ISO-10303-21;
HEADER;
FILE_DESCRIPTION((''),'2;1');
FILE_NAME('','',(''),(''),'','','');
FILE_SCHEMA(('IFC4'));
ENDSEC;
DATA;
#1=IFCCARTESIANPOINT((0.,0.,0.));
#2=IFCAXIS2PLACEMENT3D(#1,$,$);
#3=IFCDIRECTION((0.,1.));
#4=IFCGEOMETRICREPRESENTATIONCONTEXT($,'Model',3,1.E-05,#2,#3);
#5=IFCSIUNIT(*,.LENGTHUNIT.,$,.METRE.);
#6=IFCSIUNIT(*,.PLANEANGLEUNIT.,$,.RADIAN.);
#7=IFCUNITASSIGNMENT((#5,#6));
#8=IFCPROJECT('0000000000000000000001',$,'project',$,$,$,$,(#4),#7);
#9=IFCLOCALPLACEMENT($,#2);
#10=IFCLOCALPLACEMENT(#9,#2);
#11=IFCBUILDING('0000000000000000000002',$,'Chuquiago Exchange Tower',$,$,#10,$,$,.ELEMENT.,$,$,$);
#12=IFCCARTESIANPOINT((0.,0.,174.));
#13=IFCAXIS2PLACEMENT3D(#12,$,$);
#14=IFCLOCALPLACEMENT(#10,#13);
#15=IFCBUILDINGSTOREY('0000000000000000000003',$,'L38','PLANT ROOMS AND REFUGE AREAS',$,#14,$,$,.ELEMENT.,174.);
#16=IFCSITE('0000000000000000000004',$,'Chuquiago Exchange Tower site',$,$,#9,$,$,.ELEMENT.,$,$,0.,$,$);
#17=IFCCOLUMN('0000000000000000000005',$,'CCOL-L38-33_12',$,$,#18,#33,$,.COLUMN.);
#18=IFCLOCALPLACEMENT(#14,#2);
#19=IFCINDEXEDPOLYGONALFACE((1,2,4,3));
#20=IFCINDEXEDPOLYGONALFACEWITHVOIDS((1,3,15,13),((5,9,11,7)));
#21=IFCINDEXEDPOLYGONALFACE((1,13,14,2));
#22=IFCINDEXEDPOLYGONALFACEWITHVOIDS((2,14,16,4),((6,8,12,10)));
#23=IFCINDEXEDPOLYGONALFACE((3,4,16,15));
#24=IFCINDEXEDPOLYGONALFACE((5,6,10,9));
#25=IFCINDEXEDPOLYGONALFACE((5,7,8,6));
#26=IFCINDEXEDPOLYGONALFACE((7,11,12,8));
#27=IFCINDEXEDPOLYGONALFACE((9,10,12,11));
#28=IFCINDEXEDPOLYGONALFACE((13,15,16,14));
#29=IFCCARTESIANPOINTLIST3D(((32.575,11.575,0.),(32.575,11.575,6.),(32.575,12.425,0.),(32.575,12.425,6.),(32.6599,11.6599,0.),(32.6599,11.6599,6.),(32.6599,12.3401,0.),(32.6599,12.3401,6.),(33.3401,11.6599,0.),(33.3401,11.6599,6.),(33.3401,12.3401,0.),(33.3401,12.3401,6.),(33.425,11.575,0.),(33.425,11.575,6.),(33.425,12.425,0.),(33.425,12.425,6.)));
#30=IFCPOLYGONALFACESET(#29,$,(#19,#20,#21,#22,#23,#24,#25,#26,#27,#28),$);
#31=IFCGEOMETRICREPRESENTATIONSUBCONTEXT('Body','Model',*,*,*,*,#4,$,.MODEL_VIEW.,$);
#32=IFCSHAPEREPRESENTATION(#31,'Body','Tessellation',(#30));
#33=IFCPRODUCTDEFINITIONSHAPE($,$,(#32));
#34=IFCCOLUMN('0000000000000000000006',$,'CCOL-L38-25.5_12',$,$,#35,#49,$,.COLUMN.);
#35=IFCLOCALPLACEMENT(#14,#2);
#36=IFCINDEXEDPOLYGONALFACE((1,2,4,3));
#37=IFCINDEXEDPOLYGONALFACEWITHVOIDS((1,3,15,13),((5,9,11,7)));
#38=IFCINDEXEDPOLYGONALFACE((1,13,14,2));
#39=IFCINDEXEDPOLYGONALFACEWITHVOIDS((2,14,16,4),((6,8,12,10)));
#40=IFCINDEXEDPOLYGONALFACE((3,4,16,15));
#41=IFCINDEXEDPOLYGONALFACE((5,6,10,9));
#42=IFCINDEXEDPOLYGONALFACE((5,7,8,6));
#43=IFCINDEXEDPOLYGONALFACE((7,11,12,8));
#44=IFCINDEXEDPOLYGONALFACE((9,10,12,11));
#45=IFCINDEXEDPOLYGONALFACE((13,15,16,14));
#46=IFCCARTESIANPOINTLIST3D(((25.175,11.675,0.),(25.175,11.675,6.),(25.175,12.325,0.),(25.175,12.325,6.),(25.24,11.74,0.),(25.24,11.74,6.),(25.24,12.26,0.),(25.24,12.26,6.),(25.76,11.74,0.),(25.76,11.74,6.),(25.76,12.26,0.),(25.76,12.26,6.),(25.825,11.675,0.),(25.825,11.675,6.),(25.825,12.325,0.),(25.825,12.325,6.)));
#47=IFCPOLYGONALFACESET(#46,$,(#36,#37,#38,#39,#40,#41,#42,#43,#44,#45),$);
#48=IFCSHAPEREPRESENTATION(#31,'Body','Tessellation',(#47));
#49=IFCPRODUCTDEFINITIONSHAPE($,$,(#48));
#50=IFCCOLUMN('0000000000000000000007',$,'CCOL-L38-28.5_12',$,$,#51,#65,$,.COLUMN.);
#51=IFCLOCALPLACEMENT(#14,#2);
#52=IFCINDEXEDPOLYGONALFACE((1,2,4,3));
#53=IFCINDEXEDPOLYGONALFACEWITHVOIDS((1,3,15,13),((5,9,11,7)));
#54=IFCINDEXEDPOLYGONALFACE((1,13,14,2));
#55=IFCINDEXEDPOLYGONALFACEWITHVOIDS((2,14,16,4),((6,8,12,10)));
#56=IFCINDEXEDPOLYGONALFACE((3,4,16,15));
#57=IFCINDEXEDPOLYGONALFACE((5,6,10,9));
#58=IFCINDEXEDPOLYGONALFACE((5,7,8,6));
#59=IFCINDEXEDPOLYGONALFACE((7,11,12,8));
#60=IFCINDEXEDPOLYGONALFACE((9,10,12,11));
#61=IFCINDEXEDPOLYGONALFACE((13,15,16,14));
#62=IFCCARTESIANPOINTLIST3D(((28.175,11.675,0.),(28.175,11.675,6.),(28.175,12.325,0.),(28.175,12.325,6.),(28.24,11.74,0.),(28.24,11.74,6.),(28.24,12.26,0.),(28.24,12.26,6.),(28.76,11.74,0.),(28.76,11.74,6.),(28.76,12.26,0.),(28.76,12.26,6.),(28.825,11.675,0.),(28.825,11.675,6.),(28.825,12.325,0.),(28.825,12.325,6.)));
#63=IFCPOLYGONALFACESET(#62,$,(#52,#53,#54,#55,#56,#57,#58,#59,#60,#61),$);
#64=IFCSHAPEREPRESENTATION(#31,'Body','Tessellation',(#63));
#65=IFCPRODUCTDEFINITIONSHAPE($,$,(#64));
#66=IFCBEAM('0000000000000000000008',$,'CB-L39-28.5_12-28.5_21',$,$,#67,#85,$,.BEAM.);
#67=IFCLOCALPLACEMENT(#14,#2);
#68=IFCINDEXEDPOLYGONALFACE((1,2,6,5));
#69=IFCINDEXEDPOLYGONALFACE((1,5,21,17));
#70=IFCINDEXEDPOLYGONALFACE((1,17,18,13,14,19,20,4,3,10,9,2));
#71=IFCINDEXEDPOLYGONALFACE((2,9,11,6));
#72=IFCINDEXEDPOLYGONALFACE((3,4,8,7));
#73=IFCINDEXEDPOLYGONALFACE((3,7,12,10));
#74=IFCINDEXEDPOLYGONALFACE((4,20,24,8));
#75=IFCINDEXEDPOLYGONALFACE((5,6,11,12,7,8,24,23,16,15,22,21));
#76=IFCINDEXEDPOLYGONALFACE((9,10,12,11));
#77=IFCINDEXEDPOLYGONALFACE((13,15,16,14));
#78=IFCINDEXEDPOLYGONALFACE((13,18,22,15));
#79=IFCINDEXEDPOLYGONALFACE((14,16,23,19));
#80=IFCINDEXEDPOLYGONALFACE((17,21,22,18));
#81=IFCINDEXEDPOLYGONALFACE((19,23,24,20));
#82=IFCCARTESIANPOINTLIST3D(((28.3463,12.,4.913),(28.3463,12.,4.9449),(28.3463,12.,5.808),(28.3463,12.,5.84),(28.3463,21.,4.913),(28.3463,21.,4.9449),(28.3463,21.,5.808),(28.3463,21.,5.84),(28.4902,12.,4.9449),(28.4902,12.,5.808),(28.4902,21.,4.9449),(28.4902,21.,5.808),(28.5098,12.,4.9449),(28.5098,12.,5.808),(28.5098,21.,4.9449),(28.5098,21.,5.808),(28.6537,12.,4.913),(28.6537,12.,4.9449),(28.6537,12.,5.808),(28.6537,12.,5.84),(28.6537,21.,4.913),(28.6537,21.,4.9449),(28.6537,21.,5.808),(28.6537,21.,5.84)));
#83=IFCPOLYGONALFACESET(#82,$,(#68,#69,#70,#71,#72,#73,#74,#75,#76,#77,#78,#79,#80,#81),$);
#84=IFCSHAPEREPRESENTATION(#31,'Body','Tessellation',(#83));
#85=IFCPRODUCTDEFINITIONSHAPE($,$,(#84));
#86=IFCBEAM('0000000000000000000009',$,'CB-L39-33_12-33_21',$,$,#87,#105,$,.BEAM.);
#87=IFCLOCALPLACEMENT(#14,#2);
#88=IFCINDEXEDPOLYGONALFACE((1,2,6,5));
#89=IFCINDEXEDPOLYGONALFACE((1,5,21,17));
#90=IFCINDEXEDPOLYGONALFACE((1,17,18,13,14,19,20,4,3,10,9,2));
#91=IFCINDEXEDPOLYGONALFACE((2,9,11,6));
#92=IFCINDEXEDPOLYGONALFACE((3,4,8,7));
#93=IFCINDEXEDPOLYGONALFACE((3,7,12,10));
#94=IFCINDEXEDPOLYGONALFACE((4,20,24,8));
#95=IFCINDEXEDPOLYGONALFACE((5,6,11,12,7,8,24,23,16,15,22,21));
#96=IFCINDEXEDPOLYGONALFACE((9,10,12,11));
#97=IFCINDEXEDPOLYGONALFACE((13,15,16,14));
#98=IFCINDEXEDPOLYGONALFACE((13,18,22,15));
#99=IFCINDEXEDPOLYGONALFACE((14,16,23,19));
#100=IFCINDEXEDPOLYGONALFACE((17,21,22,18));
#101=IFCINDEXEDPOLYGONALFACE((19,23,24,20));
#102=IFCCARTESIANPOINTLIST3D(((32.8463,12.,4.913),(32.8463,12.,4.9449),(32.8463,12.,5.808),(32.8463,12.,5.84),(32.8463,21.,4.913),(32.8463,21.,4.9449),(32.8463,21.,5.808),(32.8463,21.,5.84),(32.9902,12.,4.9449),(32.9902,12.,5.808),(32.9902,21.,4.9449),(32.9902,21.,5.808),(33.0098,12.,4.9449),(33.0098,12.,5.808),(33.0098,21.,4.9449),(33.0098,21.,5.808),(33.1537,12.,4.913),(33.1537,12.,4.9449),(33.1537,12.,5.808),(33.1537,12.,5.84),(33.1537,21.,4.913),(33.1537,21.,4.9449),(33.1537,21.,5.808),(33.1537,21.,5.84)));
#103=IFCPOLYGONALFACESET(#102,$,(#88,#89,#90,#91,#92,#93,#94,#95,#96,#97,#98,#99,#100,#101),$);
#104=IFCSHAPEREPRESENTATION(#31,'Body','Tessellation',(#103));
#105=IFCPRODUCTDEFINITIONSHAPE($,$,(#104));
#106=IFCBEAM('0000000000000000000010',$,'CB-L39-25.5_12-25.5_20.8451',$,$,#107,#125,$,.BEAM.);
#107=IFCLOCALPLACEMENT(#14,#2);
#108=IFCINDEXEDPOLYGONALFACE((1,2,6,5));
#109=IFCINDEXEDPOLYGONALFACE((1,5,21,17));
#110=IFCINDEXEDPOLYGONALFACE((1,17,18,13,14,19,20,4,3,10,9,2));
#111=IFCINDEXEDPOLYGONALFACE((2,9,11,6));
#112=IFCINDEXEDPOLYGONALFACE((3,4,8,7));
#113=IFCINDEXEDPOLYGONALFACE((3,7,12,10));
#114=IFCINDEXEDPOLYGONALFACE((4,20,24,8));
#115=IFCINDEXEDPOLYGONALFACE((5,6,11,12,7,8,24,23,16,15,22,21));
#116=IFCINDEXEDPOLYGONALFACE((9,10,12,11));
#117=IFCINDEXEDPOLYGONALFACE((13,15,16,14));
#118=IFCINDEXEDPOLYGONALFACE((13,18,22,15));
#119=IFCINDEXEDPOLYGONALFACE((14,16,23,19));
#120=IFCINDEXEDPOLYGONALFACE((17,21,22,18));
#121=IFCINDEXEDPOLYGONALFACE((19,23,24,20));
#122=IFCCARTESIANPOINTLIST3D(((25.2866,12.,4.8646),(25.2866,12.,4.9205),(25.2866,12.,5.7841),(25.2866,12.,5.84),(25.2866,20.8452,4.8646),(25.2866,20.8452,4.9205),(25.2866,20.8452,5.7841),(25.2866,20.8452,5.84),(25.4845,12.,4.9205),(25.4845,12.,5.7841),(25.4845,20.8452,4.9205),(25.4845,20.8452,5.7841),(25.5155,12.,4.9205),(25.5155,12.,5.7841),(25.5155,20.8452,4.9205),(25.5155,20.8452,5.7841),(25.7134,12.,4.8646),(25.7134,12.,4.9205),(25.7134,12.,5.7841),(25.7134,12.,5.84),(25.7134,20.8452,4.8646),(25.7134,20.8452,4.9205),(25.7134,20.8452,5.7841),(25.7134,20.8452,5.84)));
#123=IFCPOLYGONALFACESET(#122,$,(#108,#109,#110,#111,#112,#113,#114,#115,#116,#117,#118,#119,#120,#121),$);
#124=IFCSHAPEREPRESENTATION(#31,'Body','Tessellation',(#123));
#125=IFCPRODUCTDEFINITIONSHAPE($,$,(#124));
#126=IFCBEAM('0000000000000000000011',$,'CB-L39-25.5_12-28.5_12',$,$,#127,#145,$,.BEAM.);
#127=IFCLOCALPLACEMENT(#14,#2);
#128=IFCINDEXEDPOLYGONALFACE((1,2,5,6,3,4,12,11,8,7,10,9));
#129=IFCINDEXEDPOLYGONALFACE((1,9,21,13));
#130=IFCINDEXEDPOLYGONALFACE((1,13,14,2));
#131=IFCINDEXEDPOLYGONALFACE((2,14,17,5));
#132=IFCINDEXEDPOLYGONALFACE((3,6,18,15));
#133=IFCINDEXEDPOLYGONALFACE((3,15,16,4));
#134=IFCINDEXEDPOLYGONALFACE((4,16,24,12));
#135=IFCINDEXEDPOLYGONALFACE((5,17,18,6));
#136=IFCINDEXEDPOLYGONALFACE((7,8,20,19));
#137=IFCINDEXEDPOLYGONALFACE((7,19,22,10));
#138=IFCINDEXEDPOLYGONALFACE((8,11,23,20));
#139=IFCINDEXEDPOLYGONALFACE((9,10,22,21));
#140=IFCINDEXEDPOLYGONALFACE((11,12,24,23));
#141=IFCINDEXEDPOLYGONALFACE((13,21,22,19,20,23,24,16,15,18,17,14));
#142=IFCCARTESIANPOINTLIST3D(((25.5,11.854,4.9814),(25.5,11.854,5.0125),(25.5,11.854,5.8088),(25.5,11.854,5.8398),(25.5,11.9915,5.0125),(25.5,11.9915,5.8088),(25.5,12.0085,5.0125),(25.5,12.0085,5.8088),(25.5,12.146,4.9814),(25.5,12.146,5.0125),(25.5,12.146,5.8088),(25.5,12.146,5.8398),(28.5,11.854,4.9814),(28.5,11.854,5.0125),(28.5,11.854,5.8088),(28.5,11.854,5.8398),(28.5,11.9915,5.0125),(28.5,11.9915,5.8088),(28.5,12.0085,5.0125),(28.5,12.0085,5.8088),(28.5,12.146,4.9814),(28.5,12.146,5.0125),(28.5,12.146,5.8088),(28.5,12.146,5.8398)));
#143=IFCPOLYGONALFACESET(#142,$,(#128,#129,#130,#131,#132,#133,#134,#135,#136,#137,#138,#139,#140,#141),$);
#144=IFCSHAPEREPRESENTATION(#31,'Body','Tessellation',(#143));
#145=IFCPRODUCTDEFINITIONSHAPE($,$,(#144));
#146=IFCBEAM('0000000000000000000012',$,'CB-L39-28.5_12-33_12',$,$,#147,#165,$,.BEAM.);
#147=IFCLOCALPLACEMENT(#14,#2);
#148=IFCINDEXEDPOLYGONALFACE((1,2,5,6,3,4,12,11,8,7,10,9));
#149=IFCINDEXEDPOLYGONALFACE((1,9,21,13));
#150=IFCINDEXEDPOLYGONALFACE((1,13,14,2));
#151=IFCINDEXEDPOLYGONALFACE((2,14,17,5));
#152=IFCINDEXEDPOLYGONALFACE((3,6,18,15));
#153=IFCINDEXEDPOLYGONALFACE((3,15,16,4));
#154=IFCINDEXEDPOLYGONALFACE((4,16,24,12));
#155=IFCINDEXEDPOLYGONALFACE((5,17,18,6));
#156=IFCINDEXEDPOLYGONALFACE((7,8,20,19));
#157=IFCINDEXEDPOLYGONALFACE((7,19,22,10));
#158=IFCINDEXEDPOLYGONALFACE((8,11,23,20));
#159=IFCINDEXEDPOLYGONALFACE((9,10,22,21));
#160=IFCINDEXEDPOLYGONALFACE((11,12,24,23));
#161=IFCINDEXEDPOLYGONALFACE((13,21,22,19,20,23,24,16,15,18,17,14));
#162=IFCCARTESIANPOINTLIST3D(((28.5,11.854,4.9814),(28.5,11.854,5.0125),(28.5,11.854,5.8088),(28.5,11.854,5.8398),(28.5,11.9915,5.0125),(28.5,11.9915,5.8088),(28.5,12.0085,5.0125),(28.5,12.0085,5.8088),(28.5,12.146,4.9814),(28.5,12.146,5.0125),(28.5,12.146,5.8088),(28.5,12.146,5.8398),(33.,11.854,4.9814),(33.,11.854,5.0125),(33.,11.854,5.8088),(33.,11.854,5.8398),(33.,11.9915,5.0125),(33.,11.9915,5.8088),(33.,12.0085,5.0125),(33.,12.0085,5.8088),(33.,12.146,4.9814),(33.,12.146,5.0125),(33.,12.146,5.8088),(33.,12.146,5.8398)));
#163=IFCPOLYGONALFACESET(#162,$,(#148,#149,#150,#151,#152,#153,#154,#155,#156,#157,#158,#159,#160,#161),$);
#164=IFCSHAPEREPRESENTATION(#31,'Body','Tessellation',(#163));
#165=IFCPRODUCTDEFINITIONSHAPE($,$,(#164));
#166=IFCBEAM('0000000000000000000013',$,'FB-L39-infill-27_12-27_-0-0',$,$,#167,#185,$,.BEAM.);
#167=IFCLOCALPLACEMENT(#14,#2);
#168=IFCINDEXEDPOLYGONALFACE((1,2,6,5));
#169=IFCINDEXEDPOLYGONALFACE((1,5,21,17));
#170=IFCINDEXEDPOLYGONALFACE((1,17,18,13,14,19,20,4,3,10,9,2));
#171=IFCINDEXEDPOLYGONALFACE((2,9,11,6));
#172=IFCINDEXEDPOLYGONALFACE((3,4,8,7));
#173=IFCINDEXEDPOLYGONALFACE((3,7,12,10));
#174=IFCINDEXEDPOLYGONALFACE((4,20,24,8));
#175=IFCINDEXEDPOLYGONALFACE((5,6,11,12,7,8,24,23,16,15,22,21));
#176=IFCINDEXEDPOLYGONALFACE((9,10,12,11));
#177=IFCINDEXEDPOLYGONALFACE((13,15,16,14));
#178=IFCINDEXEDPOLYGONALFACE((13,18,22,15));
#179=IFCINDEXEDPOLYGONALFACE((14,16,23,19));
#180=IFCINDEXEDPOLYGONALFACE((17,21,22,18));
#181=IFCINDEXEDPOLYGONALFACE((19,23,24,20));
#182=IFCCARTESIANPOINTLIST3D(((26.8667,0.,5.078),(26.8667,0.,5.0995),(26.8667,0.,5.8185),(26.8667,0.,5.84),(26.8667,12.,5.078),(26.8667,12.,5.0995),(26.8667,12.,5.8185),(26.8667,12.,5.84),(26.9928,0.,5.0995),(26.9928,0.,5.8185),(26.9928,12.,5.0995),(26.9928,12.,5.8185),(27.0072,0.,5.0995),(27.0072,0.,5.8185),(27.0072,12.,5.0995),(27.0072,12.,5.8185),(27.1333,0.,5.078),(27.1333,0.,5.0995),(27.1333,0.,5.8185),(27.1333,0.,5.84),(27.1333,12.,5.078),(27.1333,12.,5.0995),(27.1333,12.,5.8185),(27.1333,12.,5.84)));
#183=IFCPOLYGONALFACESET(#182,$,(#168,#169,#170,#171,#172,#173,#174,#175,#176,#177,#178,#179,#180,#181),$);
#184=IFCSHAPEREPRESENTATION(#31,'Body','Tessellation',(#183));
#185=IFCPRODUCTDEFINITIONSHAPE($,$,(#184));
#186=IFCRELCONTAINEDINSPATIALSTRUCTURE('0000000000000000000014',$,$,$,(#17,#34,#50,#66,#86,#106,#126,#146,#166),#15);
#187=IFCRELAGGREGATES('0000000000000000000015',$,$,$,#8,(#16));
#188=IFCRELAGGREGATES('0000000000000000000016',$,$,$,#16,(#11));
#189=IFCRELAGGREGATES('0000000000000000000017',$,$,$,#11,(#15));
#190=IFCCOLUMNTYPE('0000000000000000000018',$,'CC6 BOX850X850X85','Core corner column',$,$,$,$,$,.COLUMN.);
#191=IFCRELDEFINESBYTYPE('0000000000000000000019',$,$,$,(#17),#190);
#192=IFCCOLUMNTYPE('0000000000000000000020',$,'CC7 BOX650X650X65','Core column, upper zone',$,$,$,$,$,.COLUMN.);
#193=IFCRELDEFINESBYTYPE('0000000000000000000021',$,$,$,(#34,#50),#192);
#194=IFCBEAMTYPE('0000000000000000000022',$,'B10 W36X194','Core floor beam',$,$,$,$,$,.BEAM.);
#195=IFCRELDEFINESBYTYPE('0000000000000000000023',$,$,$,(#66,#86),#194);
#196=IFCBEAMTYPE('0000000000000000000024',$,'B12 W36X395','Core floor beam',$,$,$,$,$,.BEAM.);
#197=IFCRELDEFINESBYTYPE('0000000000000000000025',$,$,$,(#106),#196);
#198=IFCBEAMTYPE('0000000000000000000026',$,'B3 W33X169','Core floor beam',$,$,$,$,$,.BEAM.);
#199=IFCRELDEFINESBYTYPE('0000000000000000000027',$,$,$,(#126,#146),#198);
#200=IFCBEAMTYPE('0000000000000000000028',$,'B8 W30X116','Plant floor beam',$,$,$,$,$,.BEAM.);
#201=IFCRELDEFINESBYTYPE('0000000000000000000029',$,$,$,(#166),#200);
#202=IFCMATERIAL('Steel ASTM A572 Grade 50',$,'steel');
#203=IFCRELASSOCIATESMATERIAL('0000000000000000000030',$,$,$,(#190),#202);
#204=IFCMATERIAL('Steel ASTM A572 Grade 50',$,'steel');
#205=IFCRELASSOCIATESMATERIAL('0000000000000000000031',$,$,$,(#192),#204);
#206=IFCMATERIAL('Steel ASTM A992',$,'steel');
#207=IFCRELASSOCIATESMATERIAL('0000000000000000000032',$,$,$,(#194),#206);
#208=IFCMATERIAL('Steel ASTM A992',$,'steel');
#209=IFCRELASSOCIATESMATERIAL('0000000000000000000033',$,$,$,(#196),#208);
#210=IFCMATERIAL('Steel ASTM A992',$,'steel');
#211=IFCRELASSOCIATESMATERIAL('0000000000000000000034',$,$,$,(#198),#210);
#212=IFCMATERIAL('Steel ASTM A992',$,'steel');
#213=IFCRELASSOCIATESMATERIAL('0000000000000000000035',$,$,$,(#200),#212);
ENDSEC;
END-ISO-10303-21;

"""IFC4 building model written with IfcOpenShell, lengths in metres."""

from ifc_helpers import new_model, si_unit, direction, frame, origin, origin_2d, place, context, subcontext, project, spatial, hollow_rectangle, i_section, extrude, material, material_profile, profile_set, type_object, element, save


model = new_model("IFC4")

# Units and contexts
model_context = context("Model", 3, precision=1e-05, world=origin(), true_north=direction((0.0, 1.0)))
body_context = subcontext(model_context, "Body", "Model", "MODEL_VIEW")
ifc_project = project(units=[si_unit("LENGTHUNIT", "METRE"), si_unit("PLANEANGLEUNIT", "RADIAN")], contexts=[model_context])

# Site, building, storey
site_placement = place(None, origin())
site = spatial("IfcSite", under=ifc_project, at=site_placement, Name="Chuquiago Exchange Tower site", CompositionType="ELEMENT", RefElevation=0.0)
building_placement = place(site_placement, origin())
building = spatial("IfcBuilding", under=site, at=building_placement, Name="Chuquiago Exchange Tower", CompositionType="ELEMENT")
storey_placement = place(building_placement, frame((0.0, 0.0, 174.0)))
storey = spatial("IfcBuildingStorey", under=building, at=storey_placement, Name="L38", Description="PLANT ROOMS AND REFUGE AREAS", CompositionType="ELEMENT", Elevation=174.0)

# Columns
ifc_material_1 = material(Name="Steel ASTM A572 Grade 50", Category="steel")
ifc_material_profile_1 = material_profile(ifc_material_1, hollow_rectangle(XDim=0.8501, YDim=0.8501, WallThickness=0.085, at=origin_2d()), Name="BOX850X850X85")
ifc_profile_set_1 = profile_set([ifc_material_profile_1], Name="Steel ASTM A572 Grade 50")
column_type_1 = type_object("IfcColumnType", Name="CC6 BOX850X850X85", Description="Core corner column", PredefinedType="COLUMN", material=ifc_profile_set_1)
column_placement = place(storey_placement, frame((33.0, 12.0, 0.0), z_axis=(0.0, 0.0, 1.0), x_axis=(1.0, 0.0, 0.0)))
element("IfcColumn", 1, at=column_placement, inside=storey, type_object=column_type_1, Name="CCOL-L38-33_12", PredefinedType="COLUMN", context=body_context, shape_type="SweptSolid", body=[
    extrude(hollow_rectangle(XDim=0.8501, YDim=0.8501, WallThickness=0.085, at=origin_2d()), origin(), (0.0, 0.0, 1.0), 6.0),
])
ifc_material_2 = material(Name="Steel ASTM A572 Grade 50", Category="steel")
ifc_material_profile_2 = material_profile(ifc_material_2, hollow_rectangle(XDim=0.6499, YDim=0.6499, WallThickness=0.0649, at=origin_2d()), Name="BOX650X650X65")
ifc_profile_set_2 = profile_set([ifc_material_profile_2], Name="Steel ASTM A572 Grade 50")
column_type_2 = type_object("IfcColumnType", Name="CC7 BOX650X650X65", Description="Core column, upper zone", PredefinedType="COLUMN", material=ifc_profile_set_2)
for number, where, z_axis, x_axis, name in (
    (2, (25.5, 12.0, 0.0), (0.0, 0.0, 1.0), (1.0, 0.0, 0.0), "CCOL-L38-25.5_12"),
    (3, (28.5, 12.0, 0.0), (0.0, 0.0, 1.0), (1.0, 0.0, 0.0), "CCOL-L38-28.5_12"),
):
    element("IfcColumn", number, at=place(storey_placement, frame(where, z_axis=z_axis, x_axis=x_axis)), inside=storey, type_object=column_type_2, Name=name, PredefinedType="COLUMN", context=body_context, shape_type="SweptSolid", body=[
        extrude(hollow_rectangle(XDim=0.6499, YDim=0.6499, WallThickness=0.0649, at=origin_2d()), origin(), (0.0, 0.0, 1.0), 6.0),
    ])

# Beams
ifc_material_3 = material(Name="Steel ASTM A992", Category="steel")
ifc_material_profile_3 = material_profile(ifc_material_3, i_section(OverallWidth=0.3074, OverallDepth=0.927, WebThickness=0.0195, FlangeThickness=0.032, at=origin_2d()), Name="W36X194")
ifc_profile_set_3 = profile_set([ifc_material_profile_3], Name="Steel ASTM A992")
beam_type_1 = type_object("IfcBeamType", Name="B10 W36X194", Description="Core floor beam", PredefinedType="BEAM", material=ifc_profile_set_3)
for number, where, z_axis, x_axis, name in (
    (4, (28.5, 12.0, 5.3765), (0.0, 1.0, 0.0), (-1.0, 0.0, 0.0), "CB-L39-28.5_12-28.5_21"),
    (5, (33.0, 12.0, 5.3765), (0.0, 1.0, 0.0), (-1.0, 0.0, 0.0), "CB-L39-33_12-33_21"),
):
    element("IfcBeam", number, at=place(storey_placement, frame(where, z_axis=z_axis, x_axis=x_axis)), inside=storey, type_object=beam_type_1, Name=name, PredefinedType="BEAM", context=body_context, shape_type="SweptSolid", body=[
        extrude(i_section(OverallWidth=0.3074, OverallDepth=0.927, WebThickness=0.0195, FlangeThickness=0.032, at=origin_2d()), origin(), (0.0, 0.0, 1.0), 9.0),
    ])
ifc_material_4 = material(Name="Steel ASTM A992", Category="steel")
ifc_material_profile_4 = material_profile(ifc_material_4, i_section(OverallWidth=0.4268, OverallDepth=0.9753, WebThickness=0.031, FlangeThickness=0.0559, at=origin_2d()), Name="W36X395")
ifc_profile_set_4 = profile_set([ifc_material_profile_4], Name="Steel ASTM A992")
beam_type_2 = type_object("IfcBeamType", Name="B12 W36X395", Description="Core floor beam", PredefinedType="BEAM", material=ifc_profile_set_4)
beam_1_placement = place(storey_placement, frame((25.5, 12.0, 5.3523), z_axis=(0.0, 1.0, 0.0), x_axis=(-1.0, 0.0, 0.0)))
element("IfcBeam", 6, at=beam_1_placement, inside=storey, type_object=beam_type_2, Name="CB-L39-25.5_12-25.5_20.8451", PredefinedType="BEAM", context=body_context, shape_type="SweptSolid", body=[
    extrude(i_section(OverallWidth=0.4268, OverallDepth=0.9753, WebThickness=0.031, FlangeThickness=0.0559, at=origin_2d()), origin(), (0.0, 0.0, 1.0), 8.8452),
])
ifc_material_5 = material(Name="Steel ASTM A992", Category="steel")
ifc_material_profile_5 = material_profile(ifc_material_5, i_section(OverallWidth=0.292, OverallDepth=0.8584, WebThickness=0.0171, FlangeThickness=0.031, at=origin_2d()), Name="W33X169")
ifc_profile_set_5 = profile_set([ifc_material_profile_5], Name="Steel ASTM A992")
beam_type_3 = type_object("IfcBeamType", Name="B3 W33X169", Description="Core floor beam", PredefinedType="BEAM", material=ifc_profile_set_5)
beam_2_placement = place(storey_placement, frame((25.5, 12.0, 5.4106), z_axis=(1.0, 0.0, 0.0), x_axis=(0.0, 1.0, 0.0)))
element("IfcBeam", 7, at=beam_2_placement, inside=storey, type_object=beam_type_3, Name="CB-L39-25.5_12-28.5_12", PredefinedType="BEAM", context=body_context, shape_type="SweptSolid", body=[
    extrude(i_section(OverallWidth=0.292, OverallDepth=0.8584, WebThickness=0.0171, FlangeThickness=0.031, at=origin_2d()), origin(), (0.0, 0.0, 1.0), 3.0),
])
beam_3_placement = place(storey_placement, frame((28.5, 12.0, 5.4106), z_axis=(1.0, 0.0, 0.0), x_axis=(0.0, 1.0, 0.0)))
element("IfcBeam", 8, at=beam_3_placement, inside=storey, type_object=beam_type_3, Name="CB-L39-28.5_12-33_12", PredefinedType="BEAM", context=body_context, shape_type="SweptSolid", body=[
    extrude(i_section(OverallWidth=0.292, OverallDepth=0.8584, WebThickness=0.0171, FlangeThickness=0.031, at=origin_2d()), origin(), (0.0, 0.0, 1.0), 4.5),
])
ifc_material_6 = material(Name="Steel ASTM A992", Category="steel")
ifc_material_profile_6 = material_profile(ifc_material_6, i_section(OverallWidth=0.2666, OverallDepth=0.762, WebThickness=0.0144, FlangeThickness=0.0215, at=origin_2d()), Name="W30X116")
ifc_profile_set_6 = profile_set([ifc_material_profile_6], Name="Steel ASTM A992")
beam_type_4 = type_object("IfcBeamType", Name="B8 W30X116", Description="Plant floor beam", PredefinedType="BEAM", material=ifc_profile_set_6)
for number, where, z_axis, x_axis, name in (
    (9, (27.0, 12.0, 5.459), (0.0, -1.0, 0.0), (1.0, 0.0, 0.0), "FB-L39-infill-27_12-27_-0-0"),
):
    element("IfcBeam", number, at=place(storey_placement, frame(where, z_axis=z_axis, x_axis=x_axis)), inside=storey, type_object=beam_type_4, Name=name, PredefinedType="BEAM", context=body_context, shape_type="SweptSolid", body=[
        extrude(i_section(OverallWidth=0.2666, OverallDepth=0.762, WebThickness=0.0144, FlangeThickness=0.0215, at=origin_2d()), origin(), (0.0, 0.0, 1.0), 12.0),
    ])

save(model, "model.ifc")
